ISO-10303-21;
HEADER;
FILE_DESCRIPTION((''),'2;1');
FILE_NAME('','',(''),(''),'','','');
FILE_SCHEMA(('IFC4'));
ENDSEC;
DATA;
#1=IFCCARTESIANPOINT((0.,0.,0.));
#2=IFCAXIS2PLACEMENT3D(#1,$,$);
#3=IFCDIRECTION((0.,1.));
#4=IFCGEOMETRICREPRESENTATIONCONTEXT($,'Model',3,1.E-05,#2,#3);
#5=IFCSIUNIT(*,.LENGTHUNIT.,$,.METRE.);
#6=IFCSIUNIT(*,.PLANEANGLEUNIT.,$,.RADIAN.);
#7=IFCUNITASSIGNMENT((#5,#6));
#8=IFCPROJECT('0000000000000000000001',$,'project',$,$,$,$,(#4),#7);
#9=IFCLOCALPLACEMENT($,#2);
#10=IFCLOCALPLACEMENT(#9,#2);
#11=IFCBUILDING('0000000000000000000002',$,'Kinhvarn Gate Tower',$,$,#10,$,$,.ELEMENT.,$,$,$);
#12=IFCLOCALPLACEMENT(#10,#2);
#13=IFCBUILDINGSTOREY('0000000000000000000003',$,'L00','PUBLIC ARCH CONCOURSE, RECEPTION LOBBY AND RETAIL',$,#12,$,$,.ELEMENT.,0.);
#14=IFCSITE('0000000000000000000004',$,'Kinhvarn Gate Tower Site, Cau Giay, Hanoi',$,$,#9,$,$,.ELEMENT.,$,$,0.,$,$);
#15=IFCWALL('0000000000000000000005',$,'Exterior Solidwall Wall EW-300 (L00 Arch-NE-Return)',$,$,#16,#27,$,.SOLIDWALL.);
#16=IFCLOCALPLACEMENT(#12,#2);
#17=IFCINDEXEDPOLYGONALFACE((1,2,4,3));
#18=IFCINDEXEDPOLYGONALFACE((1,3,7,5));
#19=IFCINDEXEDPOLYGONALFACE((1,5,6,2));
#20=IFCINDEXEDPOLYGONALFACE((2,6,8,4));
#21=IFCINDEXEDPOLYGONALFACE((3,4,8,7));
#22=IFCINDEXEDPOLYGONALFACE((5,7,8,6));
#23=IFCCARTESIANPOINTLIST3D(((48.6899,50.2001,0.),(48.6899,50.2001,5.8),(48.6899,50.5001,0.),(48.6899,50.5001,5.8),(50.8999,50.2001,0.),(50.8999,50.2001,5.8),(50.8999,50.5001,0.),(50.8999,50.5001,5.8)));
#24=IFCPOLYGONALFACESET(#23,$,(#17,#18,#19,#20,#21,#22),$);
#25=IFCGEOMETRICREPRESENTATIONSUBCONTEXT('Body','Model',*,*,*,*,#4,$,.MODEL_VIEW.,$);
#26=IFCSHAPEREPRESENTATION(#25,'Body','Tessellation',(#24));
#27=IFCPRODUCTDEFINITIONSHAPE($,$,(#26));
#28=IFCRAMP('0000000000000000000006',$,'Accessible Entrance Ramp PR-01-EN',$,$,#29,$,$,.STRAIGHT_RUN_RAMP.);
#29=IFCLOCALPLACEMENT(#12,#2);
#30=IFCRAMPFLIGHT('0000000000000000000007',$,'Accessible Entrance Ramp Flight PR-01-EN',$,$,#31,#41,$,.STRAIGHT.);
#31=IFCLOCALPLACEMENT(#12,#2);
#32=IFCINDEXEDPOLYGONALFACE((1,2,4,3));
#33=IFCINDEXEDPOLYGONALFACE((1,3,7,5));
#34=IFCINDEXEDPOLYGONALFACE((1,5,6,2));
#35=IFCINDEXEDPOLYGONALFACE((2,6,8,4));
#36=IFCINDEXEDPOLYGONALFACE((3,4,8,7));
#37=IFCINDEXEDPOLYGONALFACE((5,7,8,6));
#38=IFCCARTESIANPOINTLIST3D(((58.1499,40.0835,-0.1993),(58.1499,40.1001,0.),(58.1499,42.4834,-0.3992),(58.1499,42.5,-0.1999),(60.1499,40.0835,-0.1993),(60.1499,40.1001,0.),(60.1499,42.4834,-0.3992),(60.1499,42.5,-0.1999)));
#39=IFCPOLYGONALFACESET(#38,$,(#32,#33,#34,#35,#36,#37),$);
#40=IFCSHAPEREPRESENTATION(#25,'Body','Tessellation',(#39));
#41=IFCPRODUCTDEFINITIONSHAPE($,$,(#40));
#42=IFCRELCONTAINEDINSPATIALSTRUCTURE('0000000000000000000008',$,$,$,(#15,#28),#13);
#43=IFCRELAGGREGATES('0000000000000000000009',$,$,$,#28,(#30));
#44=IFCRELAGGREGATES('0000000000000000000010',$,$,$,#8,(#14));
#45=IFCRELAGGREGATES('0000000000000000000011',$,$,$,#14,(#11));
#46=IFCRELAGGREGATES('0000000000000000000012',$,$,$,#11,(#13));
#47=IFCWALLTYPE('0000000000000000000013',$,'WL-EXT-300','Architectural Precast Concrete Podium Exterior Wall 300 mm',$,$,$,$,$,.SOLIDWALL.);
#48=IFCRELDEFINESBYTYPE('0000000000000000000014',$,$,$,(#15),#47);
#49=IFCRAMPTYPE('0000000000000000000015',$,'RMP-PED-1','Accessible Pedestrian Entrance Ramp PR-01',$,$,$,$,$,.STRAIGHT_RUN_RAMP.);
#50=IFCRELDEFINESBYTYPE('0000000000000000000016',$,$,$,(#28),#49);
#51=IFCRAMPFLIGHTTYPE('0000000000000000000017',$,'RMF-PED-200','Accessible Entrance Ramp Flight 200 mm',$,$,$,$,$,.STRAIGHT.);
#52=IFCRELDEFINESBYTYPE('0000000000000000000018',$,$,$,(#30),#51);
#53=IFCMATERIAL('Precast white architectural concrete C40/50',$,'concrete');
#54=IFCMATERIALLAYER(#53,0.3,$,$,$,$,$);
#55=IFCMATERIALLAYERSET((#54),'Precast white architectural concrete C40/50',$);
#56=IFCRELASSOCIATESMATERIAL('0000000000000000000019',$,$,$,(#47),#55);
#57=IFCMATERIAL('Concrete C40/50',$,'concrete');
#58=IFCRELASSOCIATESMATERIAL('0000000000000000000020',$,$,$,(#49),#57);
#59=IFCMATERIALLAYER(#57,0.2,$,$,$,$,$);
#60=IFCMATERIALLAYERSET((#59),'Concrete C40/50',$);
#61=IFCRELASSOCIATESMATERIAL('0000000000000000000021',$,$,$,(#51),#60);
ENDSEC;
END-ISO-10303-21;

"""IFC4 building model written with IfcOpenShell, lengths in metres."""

from ifc_helpers import new_model, si_unit, direction, frame, frame_2d, origin, place, context, subcontext, project, spatial, polyline, rectangle, outline, extrude, material, layer, layer_set, type_object, element, aggregate, save


model = new_model("IFC4")

# Units and contexts
model_context = context("Model", 3, precision=1e-05, world=origin(), true_north=direction((0.0, 1.0)))
body_context = subcontext(model_context, "Body", "Model", "MODEL_VIEW")
ifc_project = project(units=[si_unit("LENGTHUNIT", "METRE"), si_unit("PLANEANGLEUNIT", "RADIAN")], contexts=[model_context])

# Site, building, storey
site_placement = place(None, origin())
site = spatial("IfcSite", under=ifc_project, at=site_placement, Name="Kinhvarn Gate Tower Site, Cau Giay, Hanoi", CompositionType="ELEMENT", RefElevation=0.0)
building_placement = place(site_placement, origin())
building = spatial("IfcBuilding", under=site, at=building_placement, Name="Kinhvarn Gate Tower", CompositionType="ELEMENT")
storey_placement = place(building_placement, origin())
storey = spatial("IfcBuildingStorey", under=building, at=storey_placement, Name="L00", Description="PUBLIC ARCH CONCOURSE, RECEPTION LOBBY AND RETAIL", CompositionType="ELEMENT", Elevation=0.0)

# Shared definitions
ifc_material_1 = material(Name="Precast white architectural concrete C40/50", Category="concrete")
ifc_layer_1 = layer(ifc_material_1, 0.3)
ifc_layer_set_1 = layer_set([ifc_layer_1], Name="Precast white architectural concrete C40/50")
wall_type = type_object("IfcWallType", Name="WL-EXT-300", Description="Architectural Precast Concrete Podium Exterior Wall 300 mm", PredefinedType="SOLIDWALL", material=ifc_layer_set_1)

# Wall
wall_1_placement = place(storey_placement, frame((50.8999, 50.3501, 0.0), z_axis=(0.0, 0.0, 1.0), x_axis=(-1.0, 0.0, 0.0)))
element("IfcWall", 1, at=wall_1_placement, inside=storey, type_object=wall_type, Name="Exterior Solidwall Wall EW-300 (L00 Arch-NE-Return)", PredefinedType="SOLIDWALL", context=body_context, shape_type="SweptSolid", body=[
    extrude(rectangle(XDim=2.21, YDim=0.3, at=frame_2d((1.105, 0.0))), origin(), (0.0, 0.0, 1.0), 5.8),
])

# Ramp, ramp flight
ifc_material_2 = material(Name="Concrete C40/50", Category="concrete")
ramp_type = type_object("IfcRampType", Name="RMP-PED-1", Description="Accessible Pedestrian Entrance Ramp PR-01", PredefinedType="STRAIGHT_RUN_RAMP", material=ifc_material_2)
ramp_placement = place(storey_placement, origin())
ramp = element("IfcRamp", 2, at=ramp_placement, inside=storey, type_object=ramp_type, Name="Accessible Entrance Ramp PR-01-EN", PredefinedType="STRAIGHT_RUN_RAMP")
ifc_layer_2 = layer(ifc_material_2, 0.2)
ifc_layer_set_2 = layer_set([ifc_layer_2], Name="Concrete C40/50")
ramp_flight_type = type_object("IfcRampFlightType", Name="RMF-PED-200", Description="Accessible Entrance Ramp Flight 200 mm", PredefinedType="STRAIGHT", material=ifc_layer_set_2)
ramp_flight_placement = place(storey_placement, frame((58.1499, 40.1001, 0.0), z_axis=(0.0, 0.083029, 0.996547), x_axis=(1.0, 0.0, 0.0)))
ramp_flight = element("IfcRampFlight", 3, at=ramp_flight_placement, type_object=ramp_flight_type, Name="Accessible Entrance Ramp Flight PR-01-EN", PredefinedType="STRAIGHT", context=body_context, shape_type="SweptSolid", body=[
    extrude(outline(polyline([(0.0, 0.0), (2.0, 0.0), (2.0, 2.4082), (0.0, 2.4082), (0.0, 0.0)])), origin(), (0.0, 0.0, -1.0), 0.2),
])
aggregate(ramp, [ramp_flight])

save(model, "model.ifc")
